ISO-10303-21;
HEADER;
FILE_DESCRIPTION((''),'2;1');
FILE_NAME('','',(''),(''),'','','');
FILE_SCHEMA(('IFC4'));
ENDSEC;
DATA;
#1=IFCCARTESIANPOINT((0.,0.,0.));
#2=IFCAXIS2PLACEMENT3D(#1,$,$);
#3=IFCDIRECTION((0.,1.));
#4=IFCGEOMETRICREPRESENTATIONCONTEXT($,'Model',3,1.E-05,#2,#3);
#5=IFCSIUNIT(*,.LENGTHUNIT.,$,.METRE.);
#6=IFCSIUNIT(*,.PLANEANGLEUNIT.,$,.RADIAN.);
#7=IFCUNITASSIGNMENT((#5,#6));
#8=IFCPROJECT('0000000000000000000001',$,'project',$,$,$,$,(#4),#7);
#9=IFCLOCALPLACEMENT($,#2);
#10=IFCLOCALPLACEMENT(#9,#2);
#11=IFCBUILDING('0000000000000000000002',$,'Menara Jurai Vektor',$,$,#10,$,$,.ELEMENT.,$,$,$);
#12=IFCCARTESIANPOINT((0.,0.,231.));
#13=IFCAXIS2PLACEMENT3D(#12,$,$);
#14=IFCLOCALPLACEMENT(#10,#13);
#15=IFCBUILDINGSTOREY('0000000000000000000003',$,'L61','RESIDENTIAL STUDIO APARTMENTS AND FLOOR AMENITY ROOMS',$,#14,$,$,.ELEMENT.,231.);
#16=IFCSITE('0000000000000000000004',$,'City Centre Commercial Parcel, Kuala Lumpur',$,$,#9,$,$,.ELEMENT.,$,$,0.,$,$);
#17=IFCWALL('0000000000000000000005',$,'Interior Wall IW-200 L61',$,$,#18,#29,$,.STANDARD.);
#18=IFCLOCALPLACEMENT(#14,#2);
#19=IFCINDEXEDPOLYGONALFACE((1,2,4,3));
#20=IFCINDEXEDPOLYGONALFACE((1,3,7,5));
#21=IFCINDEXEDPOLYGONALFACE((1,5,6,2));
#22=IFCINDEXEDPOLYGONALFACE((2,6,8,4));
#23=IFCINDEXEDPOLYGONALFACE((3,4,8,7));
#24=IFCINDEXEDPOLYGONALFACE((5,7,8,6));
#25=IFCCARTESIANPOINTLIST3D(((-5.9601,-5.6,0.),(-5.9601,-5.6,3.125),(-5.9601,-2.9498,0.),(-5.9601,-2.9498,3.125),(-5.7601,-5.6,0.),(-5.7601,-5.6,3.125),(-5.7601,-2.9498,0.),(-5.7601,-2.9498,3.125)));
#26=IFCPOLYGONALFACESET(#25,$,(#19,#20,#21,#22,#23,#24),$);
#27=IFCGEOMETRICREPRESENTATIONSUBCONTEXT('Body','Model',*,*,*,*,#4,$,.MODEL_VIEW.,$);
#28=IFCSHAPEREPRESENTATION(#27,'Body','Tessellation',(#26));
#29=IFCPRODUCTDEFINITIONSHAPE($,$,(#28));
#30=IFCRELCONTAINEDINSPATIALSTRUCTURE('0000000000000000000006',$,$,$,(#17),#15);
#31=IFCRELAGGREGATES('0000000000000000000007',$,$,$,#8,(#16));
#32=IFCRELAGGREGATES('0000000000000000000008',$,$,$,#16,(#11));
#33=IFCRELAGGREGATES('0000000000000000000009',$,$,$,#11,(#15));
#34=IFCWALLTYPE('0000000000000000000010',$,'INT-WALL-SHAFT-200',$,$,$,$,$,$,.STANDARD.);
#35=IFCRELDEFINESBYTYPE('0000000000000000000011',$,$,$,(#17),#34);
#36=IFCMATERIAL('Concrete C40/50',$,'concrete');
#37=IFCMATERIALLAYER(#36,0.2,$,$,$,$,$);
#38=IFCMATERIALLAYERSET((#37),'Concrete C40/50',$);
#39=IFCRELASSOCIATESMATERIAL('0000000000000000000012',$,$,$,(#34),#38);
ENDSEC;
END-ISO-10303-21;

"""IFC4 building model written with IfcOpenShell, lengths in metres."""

from ifc_helpers import new_model, si_unit, direction, frame, frame_2d, origin, place, context, subcontext, project, spatial, rectangle, extrude, material, layer, layer_set, type_object, element, save


model = new_model("IFC4")

# Units and contexts
model_context = context("Model", 3, precision=1e-05, world=origin(), true_north=direction((0.0, 1.0)))
body_context = subcontext(model_context, "Body", "Model", "MODEL_VIEW")
ifc_project = project(units=[si_unit("LENGTHUNIT", "METRE"), si_unit("PLANEANGLEUNIT", "RADIAN")], contexts=[model_context])

# Site, building, storey
site_placement = place(None, origin())
site = spatial("IfcSite", under=ifc_project, at=site_placement, Name="City Centre Commercial Parcel, Kuala Lumpur", CompositionType="ELEMENT", RefElevation=0.0)
building_placement = place(site_placement, origin())
building = spatial("IfcBuilding", under=site, at=building_placement, Name="Menara Jurai Vektor", CompositionType="ELEMENT")
storey_placement = place(building_placement, frame((0.0, 0.0, 231.0)))
storey = spatial("IfcBuildingStorey", under=building, at=storey_placement, Name="L61", Description="RESIDENTIAL STUDIO APARTMENTS AND FLOOR AMENITY ROOMS", CompositionType="ELEMENT", Elevation=231.0)

# Shared definitions
ifc_material_1 = material(Name="Concrete C40/50", Category="concrete")

# Shared definitions
ifc_layer_1 = layer(ifc_material_1, 0.2)
ifc_layer_set_1 = layer_set([ifc_layer_1], Name="Concrete C40/50")
wall_type_1 = type_object("IfcWallType", Name="INT-WALL-SHAFT-200", PredefinedType="STANDARD", material=ifc_layer_set_1)

# Wall
wall_1_placement = place(storey_placement, frame((-5.8601, -5.6001, 0.0), z_axis=(0.0, 0.0, 1.0), x_axis=(0.0, 1.0, 0.0)))
element("IfcWall", 1, at=wall_1_placement, inside=storey, type_object=wall_type_1, Name="Interior Wall IW-200 L61", PredefinedType="STANDARD", context=body_context, shape_type="SweptSolid", body=[
    extrude(rectangle(XDim=2.6501, YDim=0.2, at=frame_2d((1.3252, 0.0))), origin(), (0.0, 0.0, 1.0), 3.125),
])

save(model, "model.ifc")
